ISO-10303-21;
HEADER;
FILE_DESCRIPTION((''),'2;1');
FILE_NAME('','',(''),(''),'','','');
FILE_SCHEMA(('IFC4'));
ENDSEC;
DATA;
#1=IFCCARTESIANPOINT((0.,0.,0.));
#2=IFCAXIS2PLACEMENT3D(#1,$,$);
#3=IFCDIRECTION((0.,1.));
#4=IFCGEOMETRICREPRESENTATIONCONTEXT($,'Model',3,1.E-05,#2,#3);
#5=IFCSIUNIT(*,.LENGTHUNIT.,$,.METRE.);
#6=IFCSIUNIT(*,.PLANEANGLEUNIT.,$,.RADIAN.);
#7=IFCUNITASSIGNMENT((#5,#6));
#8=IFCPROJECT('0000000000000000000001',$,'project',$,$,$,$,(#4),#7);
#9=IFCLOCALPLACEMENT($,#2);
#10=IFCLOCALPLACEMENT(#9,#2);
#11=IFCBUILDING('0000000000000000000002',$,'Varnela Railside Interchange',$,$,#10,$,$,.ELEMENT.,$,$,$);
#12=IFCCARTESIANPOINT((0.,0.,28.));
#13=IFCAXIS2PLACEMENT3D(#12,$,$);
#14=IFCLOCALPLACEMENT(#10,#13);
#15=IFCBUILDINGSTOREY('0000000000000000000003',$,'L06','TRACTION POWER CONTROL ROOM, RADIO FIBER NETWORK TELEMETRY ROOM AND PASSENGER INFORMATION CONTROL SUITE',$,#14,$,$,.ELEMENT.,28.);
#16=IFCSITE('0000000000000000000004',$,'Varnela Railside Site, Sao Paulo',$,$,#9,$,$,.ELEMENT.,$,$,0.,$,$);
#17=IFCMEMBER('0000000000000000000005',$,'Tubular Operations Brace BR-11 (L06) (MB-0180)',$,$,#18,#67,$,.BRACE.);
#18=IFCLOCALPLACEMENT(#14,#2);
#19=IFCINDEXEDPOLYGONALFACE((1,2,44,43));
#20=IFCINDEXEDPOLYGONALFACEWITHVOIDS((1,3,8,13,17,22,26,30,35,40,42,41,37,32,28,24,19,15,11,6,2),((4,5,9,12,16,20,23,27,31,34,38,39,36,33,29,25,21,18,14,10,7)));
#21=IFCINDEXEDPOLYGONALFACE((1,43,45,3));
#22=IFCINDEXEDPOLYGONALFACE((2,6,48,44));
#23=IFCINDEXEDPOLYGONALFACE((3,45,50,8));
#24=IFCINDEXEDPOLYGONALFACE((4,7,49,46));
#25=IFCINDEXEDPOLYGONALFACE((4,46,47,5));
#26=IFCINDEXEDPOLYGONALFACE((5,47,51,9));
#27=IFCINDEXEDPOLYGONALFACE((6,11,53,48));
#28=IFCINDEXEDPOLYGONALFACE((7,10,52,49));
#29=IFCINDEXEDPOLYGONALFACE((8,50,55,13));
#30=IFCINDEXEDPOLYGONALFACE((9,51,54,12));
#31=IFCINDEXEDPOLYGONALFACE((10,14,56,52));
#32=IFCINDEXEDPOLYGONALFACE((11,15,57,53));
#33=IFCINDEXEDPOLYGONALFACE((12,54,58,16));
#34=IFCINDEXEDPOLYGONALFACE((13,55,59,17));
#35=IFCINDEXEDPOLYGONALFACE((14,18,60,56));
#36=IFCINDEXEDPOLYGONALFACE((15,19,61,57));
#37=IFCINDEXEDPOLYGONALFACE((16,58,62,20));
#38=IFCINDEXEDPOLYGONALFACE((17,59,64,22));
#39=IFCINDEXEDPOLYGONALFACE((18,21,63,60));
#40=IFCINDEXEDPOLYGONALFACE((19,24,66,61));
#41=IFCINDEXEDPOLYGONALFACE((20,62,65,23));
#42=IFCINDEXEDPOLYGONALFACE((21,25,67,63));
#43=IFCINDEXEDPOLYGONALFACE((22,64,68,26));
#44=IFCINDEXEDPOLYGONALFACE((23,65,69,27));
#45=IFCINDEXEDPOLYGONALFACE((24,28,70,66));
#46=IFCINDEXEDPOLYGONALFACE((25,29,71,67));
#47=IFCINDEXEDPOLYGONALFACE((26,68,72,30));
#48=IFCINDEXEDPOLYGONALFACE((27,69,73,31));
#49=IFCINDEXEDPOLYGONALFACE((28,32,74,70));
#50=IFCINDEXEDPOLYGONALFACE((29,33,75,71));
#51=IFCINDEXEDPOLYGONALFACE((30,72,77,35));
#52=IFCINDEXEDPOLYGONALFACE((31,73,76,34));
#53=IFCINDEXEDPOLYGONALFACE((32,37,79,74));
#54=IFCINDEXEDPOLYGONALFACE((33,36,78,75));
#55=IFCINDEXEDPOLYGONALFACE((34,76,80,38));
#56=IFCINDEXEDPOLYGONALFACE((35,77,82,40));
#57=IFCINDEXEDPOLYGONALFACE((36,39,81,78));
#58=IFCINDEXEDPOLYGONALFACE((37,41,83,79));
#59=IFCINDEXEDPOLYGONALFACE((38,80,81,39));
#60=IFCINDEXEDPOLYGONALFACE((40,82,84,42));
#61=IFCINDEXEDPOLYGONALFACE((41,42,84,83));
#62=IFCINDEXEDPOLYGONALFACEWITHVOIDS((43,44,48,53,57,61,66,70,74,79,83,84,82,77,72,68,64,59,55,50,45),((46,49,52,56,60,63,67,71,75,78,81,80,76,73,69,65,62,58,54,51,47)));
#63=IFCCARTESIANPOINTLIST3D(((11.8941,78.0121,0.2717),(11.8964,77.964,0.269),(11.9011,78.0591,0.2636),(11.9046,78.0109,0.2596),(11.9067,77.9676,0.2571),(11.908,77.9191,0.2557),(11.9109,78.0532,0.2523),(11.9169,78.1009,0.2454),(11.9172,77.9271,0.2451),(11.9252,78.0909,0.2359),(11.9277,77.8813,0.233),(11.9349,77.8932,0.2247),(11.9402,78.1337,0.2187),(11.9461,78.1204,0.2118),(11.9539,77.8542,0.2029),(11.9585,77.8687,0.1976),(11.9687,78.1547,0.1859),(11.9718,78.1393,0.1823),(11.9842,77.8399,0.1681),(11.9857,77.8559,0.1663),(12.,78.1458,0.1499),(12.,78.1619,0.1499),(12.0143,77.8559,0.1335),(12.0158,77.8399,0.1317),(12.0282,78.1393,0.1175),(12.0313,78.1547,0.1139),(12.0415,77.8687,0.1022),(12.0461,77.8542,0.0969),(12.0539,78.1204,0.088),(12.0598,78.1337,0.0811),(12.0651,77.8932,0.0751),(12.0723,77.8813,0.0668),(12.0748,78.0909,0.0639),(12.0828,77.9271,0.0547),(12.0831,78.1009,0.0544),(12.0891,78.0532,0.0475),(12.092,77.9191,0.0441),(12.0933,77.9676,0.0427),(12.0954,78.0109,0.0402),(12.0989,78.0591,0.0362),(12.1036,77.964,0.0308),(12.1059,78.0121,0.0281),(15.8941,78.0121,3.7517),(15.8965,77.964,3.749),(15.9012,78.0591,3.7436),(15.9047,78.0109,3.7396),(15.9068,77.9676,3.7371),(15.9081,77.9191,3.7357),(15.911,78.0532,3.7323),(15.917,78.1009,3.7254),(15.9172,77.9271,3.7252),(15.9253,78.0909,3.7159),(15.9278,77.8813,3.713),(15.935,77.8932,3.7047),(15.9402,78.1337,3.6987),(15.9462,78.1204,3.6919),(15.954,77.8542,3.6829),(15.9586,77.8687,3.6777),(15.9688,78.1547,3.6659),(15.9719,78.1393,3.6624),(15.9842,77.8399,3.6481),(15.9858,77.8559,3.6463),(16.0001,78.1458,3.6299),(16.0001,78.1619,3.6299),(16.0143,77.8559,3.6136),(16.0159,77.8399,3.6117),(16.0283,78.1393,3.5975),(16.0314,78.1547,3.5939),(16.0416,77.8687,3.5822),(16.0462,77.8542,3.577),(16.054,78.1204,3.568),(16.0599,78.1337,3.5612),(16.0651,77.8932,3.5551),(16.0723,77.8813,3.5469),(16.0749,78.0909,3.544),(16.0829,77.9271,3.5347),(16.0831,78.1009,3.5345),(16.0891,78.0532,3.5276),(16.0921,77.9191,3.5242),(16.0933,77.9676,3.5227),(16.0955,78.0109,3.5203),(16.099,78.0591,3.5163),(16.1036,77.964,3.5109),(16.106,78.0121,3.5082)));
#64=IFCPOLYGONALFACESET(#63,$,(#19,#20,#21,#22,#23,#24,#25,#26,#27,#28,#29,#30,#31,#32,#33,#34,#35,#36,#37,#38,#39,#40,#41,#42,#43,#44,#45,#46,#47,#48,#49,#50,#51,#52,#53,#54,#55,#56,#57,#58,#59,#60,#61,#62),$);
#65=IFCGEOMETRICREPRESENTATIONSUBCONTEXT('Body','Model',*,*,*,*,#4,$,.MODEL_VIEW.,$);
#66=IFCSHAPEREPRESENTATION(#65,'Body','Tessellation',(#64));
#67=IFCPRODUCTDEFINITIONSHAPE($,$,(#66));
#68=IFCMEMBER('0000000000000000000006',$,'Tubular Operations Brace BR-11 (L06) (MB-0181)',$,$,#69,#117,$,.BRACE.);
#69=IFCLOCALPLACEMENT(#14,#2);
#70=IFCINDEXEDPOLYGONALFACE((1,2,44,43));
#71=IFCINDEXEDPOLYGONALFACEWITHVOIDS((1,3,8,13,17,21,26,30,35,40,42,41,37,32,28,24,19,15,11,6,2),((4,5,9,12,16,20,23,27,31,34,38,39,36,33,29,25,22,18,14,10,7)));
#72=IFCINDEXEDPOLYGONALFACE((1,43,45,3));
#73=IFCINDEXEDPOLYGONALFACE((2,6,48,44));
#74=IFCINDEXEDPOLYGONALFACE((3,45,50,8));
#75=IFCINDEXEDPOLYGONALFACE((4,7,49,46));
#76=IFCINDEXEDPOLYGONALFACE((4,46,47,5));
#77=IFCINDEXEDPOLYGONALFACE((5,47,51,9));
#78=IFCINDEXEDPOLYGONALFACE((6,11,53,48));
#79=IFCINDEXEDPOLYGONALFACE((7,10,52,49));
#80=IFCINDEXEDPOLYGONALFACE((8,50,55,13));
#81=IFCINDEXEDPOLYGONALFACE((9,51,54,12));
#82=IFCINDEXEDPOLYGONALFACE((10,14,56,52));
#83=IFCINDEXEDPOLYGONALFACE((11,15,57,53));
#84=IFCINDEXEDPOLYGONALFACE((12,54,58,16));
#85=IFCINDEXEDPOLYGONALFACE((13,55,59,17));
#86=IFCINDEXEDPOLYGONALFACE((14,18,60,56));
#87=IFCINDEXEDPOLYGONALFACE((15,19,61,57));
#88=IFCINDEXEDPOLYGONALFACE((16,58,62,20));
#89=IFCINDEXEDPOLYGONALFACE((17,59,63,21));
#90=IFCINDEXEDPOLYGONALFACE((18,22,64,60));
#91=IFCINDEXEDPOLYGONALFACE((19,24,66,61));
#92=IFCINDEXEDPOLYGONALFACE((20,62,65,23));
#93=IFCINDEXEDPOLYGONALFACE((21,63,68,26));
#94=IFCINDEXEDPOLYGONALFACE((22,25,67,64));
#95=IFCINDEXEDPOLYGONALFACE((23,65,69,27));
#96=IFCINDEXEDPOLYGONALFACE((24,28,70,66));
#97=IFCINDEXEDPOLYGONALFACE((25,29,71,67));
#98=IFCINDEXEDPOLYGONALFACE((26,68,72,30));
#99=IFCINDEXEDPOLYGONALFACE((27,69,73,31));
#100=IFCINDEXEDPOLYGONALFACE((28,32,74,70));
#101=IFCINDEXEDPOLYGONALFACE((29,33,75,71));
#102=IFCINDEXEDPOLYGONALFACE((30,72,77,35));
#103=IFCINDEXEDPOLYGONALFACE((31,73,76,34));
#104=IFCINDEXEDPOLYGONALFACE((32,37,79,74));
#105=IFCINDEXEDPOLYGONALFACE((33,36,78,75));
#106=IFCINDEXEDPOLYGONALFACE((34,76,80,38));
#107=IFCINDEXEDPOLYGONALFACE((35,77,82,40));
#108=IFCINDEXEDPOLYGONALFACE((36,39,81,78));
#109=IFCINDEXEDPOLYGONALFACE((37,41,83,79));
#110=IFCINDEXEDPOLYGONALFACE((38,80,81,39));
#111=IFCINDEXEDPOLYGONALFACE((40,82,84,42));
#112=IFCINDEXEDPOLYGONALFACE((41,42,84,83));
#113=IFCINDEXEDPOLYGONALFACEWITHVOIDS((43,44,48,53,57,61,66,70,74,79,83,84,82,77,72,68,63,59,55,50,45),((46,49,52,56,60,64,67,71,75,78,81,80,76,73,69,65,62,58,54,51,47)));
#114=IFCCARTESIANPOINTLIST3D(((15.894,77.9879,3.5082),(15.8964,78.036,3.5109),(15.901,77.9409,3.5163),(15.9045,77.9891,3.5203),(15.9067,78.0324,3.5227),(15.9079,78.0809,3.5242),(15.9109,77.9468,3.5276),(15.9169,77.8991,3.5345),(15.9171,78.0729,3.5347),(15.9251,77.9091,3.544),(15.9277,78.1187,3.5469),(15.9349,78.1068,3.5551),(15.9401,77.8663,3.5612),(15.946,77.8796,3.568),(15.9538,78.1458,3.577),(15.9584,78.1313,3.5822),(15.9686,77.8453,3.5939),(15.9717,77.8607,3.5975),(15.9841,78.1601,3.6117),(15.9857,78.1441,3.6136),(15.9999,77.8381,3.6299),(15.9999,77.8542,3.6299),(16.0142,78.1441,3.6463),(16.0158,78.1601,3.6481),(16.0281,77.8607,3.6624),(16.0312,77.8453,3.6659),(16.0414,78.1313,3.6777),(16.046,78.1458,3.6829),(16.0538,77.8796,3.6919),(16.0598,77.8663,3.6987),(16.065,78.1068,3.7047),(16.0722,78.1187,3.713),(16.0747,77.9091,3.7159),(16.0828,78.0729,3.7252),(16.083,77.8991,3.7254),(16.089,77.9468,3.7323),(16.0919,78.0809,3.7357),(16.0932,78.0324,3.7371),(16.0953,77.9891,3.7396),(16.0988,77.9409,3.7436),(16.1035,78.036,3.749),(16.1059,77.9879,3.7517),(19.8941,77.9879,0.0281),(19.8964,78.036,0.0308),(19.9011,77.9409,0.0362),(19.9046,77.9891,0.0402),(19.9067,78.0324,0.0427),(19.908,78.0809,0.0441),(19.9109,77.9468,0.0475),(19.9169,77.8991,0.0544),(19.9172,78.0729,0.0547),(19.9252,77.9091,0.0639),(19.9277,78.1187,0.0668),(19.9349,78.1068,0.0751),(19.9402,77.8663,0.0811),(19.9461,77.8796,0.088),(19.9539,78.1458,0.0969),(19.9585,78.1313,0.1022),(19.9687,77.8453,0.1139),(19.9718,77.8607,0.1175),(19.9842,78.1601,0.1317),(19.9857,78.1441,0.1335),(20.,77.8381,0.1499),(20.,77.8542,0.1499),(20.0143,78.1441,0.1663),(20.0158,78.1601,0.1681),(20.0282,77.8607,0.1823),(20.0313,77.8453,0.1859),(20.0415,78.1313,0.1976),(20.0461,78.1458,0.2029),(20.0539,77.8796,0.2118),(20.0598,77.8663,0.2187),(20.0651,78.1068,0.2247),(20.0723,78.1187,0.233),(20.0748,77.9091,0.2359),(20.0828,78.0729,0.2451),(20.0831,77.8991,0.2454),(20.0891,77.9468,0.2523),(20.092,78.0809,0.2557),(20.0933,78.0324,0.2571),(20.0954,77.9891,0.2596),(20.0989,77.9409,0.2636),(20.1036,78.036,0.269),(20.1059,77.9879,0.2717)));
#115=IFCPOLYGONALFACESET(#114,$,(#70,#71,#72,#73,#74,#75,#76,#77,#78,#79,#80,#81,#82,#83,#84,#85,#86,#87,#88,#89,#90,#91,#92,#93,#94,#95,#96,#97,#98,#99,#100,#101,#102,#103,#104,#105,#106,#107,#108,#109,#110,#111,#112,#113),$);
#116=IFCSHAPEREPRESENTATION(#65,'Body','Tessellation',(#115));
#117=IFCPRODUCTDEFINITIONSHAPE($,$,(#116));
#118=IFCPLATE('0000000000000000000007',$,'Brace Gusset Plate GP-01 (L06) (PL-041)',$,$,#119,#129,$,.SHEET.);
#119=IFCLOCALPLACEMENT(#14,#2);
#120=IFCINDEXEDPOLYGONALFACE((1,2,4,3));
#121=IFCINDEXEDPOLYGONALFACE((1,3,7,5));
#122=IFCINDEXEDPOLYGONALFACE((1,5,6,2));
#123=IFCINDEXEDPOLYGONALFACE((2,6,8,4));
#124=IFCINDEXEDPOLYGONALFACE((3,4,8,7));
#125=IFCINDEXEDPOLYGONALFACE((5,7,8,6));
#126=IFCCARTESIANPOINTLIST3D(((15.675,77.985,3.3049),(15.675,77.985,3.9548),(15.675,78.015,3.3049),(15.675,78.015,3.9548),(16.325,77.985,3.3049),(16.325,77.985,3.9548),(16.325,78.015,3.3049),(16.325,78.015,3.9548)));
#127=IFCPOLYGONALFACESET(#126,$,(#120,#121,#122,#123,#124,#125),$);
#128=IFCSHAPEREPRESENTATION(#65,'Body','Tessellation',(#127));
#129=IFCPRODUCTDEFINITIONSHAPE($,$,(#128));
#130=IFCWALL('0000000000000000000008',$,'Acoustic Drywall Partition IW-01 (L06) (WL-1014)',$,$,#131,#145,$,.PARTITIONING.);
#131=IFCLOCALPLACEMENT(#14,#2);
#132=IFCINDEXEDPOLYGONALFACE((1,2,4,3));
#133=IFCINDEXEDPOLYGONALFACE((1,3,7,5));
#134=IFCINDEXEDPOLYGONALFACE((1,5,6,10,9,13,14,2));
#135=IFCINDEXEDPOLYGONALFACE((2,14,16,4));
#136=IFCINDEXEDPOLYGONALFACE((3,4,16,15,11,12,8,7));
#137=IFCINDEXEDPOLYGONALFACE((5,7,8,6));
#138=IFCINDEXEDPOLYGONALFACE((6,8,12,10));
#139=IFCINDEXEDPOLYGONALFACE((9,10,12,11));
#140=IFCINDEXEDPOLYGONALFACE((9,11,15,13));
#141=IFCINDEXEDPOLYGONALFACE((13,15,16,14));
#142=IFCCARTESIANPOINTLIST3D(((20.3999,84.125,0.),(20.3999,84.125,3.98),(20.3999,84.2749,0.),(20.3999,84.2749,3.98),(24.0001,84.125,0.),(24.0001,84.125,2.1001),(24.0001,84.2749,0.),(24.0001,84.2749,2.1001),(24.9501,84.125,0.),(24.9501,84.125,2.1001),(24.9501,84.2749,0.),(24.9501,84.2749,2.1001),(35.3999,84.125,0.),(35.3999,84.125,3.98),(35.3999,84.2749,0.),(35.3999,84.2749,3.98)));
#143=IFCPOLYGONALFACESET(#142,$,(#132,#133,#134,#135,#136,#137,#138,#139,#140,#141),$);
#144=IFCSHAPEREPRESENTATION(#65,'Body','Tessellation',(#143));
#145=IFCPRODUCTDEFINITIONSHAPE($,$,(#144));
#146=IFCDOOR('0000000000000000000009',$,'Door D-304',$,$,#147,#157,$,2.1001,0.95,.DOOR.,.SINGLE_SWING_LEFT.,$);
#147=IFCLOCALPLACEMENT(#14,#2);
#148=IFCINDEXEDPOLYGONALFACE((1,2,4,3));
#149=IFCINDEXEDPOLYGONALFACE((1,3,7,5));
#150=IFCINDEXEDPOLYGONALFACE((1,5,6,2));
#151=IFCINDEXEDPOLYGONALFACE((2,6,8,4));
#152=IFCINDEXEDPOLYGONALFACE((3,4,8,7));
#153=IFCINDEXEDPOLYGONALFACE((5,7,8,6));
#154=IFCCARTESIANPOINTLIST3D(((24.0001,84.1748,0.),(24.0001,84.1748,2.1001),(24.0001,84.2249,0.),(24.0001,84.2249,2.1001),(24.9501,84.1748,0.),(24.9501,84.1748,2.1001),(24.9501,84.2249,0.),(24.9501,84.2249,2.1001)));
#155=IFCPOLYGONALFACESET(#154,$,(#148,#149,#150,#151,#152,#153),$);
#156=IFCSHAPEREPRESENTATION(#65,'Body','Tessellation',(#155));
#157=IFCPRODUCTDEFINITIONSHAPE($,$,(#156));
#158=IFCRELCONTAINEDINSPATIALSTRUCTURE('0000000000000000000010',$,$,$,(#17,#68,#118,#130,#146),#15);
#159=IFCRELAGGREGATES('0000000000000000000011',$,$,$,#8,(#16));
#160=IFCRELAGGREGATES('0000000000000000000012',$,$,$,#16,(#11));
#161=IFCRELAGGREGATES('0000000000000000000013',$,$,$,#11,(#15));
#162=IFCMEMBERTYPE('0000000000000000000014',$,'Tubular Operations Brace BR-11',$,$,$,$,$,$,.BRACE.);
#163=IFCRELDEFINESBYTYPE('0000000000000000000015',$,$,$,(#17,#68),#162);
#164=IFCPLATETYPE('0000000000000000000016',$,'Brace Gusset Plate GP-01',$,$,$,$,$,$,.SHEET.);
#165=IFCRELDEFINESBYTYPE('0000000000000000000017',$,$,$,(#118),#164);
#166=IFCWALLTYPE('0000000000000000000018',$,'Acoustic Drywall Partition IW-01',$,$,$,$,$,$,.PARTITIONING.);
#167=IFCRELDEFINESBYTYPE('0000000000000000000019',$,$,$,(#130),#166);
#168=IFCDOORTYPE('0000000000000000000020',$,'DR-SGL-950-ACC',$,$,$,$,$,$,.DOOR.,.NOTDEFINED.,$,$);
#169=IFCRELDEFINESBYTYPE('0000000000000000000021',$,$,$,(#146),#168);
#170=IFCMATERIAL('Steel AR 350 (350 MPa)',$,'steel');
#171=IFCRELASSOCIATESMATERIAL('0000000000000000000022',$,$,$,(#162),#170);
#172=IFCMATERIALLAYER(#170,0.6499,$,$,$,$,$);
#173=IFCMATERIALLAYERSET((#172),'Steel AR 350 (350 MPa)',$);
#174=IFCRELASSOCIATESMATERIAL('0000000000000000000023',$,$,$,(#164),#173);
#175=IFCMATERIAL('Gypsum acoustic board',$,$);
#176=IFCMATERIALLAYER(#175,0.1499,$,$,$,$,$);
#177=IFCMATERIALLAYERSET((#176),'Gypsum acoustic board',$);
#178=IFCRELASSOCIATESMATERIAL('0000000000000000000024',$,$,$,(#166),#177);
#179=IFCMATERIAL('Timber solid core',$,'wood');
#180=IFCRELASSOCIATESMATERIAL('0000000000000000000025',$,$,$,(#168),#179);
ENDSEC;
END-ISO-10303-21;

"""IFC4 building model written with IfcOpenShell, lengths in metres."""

from ifc_helpers import new_model, si_unit, direction, frame, frame_2d, origin, origin_2d, place, context, subcontext, project, spatial, rectangle, hollow_circle, extrude, material, layer, layer_set, material_profile, profile_set, type_object, element, fill, save


model = new_model("IFC4")

# Units and contexts
model_context = context("Model", 3, precision=1e-05, world=origin(), true_north=direction((0.0, 1.0)))
body_context = subcontext(model_context, "Body", "Model", "MODEL_VIEW")
ifc_project = project(units=[si_unit("LENGTHUNIT", "METRE"), si_unit("PLANEANGLEUNIT", "RADIAN")], contexts=[model_context])

# Site, building, storey
site_placement = place(None, origin())
site = spatial("IfcSite", under=ifc_project, at=site_placement, Name="Varnela Railside Site, Sao Paulo", CompositionType="ELEMENT", RefElevation=0.0)
building_placement = place(site_placement, origin())
building = spatial("IfcBuilding", under=site, at=building_placement, Name="Varnela Railside Interchange", CompositionType="ELEMENT")
storey_placement = place(building_placement, frame((0.0, 0.0, 28.0)))
storey = spatial("IfcBuildingStorey", under=building, at=storey_placement, Name="L06", Description="TRACTION POWER CONTROL ROOM, RADIO FIBER NETWORK TELEMETRY ROOM AND PASSENGER INFORMATION CONTROL SUITE", CompositionType="ELEMENT", Elevation=28.0)

# Shared definitions
ifc_material_1 = material(Name="Steel AR 350 (350 MPa)", Category="steel")

# Members
ifc_material_profile_1 = material_profile(ifc_material_1, hollow_circle(Radius=0.1619, WallThickness=0.0161, at=origin_2d()), Name="CHS 323.9x16")
ifc_profile_set_1 = profile_set([ifc_material_profile_1], Name="Steel AR 350 (350 MPa)")
member_type = type_object("IfcMemberType", Name="Tubular Operations Brace BR-11", PredefinedType="BRACE", material=ifc_profile_set_1)
for number, where, z_axis, x_axis, name in (
    (1, (12.0, 78.0, 0.1499), (0.754445, 0.0, 0.656363), (0.0, 1.0, 0.0), "Tubular Operations Brace BR-11 (L06) (MB-0180)"),
    (2, (20.0, 78.0, 0.1499), (-0.754445, 0.0, 0.656363), (0.0, -1.0, 0.0), "Tubular Operations Brace BR-11 (L06) (MB-0181)"),
):
    element("IfcMember", number, at=place(storey_placement, frame(where, z_axis=z_axis, x_axis=x_axis)), inside=storey, type_object=member_type, Name=name, PredefinedType="BRACE", context=body_context, shape_type="SweptSolid", body=[
        extrude(hollow_circle(Radius=0.1619, WallThickness=0.0161, at=origin_2d()), origin(), (0.0, 0.0, 1.0), 5.302),
    ])

# Plate
ifc_layer_1 = layer(ifc_material_1, 0.6499)
ifc_layer_set_1 = layer_set([ifc_layer_1], Name="Steel AR 350 (350 MPa)")
plate_type = type_object("IfcPlateType", Name="Brace Gusset Plate GP-01", PredefinedType="SHEET", material=ifc_layer_set_1)
plate_placement = place(storey_placement, frame((16.0, 78.0, 3.3049), z_axis=(0.0, 0.0, 1.0), x_axis=(1.0, 0.0, 0.0)))
element("IfcPlate", 3, at=plate_placement, inside=storey, type_object=plate_type, Name="Brace Gusset Plate GP-01 (L06) (PL-041)", PredefinedType="SHEET", context=body_context, shape_type="SweptSolid", body=[
    extrude(rectangle(XDim=0.6499, YDim=0.03, at=origin_2d()), origin(), (0.0, 0.0, 1.0), 0.6499),
])

# Wall, opening, door
ifc_material_2 = material(Name="Gypsum acoustic board")
ifc_layer_2 = layer(ifc_material_2, 0.1499)
ifc_layer_set_2 = layer_set([ifc_layer_2], Name="Gypsum acoustic board")
wall_type = type_object("IfcWallType", Name="Acoustic Drywall Partition IW-01", PredefinedType="PARTITIONING", material=ifc_layer_set_2)
wall_placement = place(storey_placement, frame((20.3999, 84.2, 0.0), z_axis=(0.0, 0.0, 1.0), x_axis=(1.0, 0.0, 0.0)))
wall = element("IfcWall", 4, at=wall_placement, inside=storey, type_object=wall_type, Name="Acoustic Drywall Partition IW-01 (L06) (WL-1014)", PredefinedType="PARTITIONING", context=body_context, shape_type="SweptSolid", body=[
    extrude(rectangle(XDim=15.0, YDim=0.1499, at=frame_2d((7.5, 0.0))), origin(), (0.0, 0.0, 1.0), 3.98),
])
opening_placement = place(wall_placement, frame((3.6001, 0.0, 0.0)))
opening = element("IfcOpeningElement", 5, at=opening_placement, cuts=wall, PredefinedType="OPENING", context=body_context, shape_type="SweptSolid", body=[
    extrude(rectangle(XDim=0.95, YDim=2.1001, at=frame_2d((0.4751, 1.05))), frame((0.0, 0.085, 0.0), z_axis=(0.0, -1.0, 0.0), x_axis=(1.0, 0.0, 0.0)), (0.0, 0.0, 1.0), 0.1699),
])
ifc_material_3 = material(Name="Timber solid core", Category="wood")
door_type = type_object("IfcDoorType", Name="DR-SGL-950-ACC", OperationType="NOTDEFINED", PredefinedType="DOOR", material=ifc_material_3)
door_placement = place(opening_placement, origin())
door = element("IfcDoor", 6, at=door_placement, inside=storey, type_object=door_type, Name="Door D-304", OperationType="SINGLE_SWING_LEFT", OverallHeight=2.1001, OverallWidth=0.95, PredefinedType="DOOR", context=body_context, shape_type="SweptSolid", body=[
    extrude(rectangle(XDim=0.95, YDim=2.1001, at=frame_2d((0.4751, 1.05))), frame((0.0, 0.0249, 0.0), z_axis=(0.0, -1.0, 0.0), x_axis=(1.0, 0.0, 0.0)), (0.0, 0.0, 1.0), 0.05),
])
fill(opening, door)

save(model, "model.ifc")
